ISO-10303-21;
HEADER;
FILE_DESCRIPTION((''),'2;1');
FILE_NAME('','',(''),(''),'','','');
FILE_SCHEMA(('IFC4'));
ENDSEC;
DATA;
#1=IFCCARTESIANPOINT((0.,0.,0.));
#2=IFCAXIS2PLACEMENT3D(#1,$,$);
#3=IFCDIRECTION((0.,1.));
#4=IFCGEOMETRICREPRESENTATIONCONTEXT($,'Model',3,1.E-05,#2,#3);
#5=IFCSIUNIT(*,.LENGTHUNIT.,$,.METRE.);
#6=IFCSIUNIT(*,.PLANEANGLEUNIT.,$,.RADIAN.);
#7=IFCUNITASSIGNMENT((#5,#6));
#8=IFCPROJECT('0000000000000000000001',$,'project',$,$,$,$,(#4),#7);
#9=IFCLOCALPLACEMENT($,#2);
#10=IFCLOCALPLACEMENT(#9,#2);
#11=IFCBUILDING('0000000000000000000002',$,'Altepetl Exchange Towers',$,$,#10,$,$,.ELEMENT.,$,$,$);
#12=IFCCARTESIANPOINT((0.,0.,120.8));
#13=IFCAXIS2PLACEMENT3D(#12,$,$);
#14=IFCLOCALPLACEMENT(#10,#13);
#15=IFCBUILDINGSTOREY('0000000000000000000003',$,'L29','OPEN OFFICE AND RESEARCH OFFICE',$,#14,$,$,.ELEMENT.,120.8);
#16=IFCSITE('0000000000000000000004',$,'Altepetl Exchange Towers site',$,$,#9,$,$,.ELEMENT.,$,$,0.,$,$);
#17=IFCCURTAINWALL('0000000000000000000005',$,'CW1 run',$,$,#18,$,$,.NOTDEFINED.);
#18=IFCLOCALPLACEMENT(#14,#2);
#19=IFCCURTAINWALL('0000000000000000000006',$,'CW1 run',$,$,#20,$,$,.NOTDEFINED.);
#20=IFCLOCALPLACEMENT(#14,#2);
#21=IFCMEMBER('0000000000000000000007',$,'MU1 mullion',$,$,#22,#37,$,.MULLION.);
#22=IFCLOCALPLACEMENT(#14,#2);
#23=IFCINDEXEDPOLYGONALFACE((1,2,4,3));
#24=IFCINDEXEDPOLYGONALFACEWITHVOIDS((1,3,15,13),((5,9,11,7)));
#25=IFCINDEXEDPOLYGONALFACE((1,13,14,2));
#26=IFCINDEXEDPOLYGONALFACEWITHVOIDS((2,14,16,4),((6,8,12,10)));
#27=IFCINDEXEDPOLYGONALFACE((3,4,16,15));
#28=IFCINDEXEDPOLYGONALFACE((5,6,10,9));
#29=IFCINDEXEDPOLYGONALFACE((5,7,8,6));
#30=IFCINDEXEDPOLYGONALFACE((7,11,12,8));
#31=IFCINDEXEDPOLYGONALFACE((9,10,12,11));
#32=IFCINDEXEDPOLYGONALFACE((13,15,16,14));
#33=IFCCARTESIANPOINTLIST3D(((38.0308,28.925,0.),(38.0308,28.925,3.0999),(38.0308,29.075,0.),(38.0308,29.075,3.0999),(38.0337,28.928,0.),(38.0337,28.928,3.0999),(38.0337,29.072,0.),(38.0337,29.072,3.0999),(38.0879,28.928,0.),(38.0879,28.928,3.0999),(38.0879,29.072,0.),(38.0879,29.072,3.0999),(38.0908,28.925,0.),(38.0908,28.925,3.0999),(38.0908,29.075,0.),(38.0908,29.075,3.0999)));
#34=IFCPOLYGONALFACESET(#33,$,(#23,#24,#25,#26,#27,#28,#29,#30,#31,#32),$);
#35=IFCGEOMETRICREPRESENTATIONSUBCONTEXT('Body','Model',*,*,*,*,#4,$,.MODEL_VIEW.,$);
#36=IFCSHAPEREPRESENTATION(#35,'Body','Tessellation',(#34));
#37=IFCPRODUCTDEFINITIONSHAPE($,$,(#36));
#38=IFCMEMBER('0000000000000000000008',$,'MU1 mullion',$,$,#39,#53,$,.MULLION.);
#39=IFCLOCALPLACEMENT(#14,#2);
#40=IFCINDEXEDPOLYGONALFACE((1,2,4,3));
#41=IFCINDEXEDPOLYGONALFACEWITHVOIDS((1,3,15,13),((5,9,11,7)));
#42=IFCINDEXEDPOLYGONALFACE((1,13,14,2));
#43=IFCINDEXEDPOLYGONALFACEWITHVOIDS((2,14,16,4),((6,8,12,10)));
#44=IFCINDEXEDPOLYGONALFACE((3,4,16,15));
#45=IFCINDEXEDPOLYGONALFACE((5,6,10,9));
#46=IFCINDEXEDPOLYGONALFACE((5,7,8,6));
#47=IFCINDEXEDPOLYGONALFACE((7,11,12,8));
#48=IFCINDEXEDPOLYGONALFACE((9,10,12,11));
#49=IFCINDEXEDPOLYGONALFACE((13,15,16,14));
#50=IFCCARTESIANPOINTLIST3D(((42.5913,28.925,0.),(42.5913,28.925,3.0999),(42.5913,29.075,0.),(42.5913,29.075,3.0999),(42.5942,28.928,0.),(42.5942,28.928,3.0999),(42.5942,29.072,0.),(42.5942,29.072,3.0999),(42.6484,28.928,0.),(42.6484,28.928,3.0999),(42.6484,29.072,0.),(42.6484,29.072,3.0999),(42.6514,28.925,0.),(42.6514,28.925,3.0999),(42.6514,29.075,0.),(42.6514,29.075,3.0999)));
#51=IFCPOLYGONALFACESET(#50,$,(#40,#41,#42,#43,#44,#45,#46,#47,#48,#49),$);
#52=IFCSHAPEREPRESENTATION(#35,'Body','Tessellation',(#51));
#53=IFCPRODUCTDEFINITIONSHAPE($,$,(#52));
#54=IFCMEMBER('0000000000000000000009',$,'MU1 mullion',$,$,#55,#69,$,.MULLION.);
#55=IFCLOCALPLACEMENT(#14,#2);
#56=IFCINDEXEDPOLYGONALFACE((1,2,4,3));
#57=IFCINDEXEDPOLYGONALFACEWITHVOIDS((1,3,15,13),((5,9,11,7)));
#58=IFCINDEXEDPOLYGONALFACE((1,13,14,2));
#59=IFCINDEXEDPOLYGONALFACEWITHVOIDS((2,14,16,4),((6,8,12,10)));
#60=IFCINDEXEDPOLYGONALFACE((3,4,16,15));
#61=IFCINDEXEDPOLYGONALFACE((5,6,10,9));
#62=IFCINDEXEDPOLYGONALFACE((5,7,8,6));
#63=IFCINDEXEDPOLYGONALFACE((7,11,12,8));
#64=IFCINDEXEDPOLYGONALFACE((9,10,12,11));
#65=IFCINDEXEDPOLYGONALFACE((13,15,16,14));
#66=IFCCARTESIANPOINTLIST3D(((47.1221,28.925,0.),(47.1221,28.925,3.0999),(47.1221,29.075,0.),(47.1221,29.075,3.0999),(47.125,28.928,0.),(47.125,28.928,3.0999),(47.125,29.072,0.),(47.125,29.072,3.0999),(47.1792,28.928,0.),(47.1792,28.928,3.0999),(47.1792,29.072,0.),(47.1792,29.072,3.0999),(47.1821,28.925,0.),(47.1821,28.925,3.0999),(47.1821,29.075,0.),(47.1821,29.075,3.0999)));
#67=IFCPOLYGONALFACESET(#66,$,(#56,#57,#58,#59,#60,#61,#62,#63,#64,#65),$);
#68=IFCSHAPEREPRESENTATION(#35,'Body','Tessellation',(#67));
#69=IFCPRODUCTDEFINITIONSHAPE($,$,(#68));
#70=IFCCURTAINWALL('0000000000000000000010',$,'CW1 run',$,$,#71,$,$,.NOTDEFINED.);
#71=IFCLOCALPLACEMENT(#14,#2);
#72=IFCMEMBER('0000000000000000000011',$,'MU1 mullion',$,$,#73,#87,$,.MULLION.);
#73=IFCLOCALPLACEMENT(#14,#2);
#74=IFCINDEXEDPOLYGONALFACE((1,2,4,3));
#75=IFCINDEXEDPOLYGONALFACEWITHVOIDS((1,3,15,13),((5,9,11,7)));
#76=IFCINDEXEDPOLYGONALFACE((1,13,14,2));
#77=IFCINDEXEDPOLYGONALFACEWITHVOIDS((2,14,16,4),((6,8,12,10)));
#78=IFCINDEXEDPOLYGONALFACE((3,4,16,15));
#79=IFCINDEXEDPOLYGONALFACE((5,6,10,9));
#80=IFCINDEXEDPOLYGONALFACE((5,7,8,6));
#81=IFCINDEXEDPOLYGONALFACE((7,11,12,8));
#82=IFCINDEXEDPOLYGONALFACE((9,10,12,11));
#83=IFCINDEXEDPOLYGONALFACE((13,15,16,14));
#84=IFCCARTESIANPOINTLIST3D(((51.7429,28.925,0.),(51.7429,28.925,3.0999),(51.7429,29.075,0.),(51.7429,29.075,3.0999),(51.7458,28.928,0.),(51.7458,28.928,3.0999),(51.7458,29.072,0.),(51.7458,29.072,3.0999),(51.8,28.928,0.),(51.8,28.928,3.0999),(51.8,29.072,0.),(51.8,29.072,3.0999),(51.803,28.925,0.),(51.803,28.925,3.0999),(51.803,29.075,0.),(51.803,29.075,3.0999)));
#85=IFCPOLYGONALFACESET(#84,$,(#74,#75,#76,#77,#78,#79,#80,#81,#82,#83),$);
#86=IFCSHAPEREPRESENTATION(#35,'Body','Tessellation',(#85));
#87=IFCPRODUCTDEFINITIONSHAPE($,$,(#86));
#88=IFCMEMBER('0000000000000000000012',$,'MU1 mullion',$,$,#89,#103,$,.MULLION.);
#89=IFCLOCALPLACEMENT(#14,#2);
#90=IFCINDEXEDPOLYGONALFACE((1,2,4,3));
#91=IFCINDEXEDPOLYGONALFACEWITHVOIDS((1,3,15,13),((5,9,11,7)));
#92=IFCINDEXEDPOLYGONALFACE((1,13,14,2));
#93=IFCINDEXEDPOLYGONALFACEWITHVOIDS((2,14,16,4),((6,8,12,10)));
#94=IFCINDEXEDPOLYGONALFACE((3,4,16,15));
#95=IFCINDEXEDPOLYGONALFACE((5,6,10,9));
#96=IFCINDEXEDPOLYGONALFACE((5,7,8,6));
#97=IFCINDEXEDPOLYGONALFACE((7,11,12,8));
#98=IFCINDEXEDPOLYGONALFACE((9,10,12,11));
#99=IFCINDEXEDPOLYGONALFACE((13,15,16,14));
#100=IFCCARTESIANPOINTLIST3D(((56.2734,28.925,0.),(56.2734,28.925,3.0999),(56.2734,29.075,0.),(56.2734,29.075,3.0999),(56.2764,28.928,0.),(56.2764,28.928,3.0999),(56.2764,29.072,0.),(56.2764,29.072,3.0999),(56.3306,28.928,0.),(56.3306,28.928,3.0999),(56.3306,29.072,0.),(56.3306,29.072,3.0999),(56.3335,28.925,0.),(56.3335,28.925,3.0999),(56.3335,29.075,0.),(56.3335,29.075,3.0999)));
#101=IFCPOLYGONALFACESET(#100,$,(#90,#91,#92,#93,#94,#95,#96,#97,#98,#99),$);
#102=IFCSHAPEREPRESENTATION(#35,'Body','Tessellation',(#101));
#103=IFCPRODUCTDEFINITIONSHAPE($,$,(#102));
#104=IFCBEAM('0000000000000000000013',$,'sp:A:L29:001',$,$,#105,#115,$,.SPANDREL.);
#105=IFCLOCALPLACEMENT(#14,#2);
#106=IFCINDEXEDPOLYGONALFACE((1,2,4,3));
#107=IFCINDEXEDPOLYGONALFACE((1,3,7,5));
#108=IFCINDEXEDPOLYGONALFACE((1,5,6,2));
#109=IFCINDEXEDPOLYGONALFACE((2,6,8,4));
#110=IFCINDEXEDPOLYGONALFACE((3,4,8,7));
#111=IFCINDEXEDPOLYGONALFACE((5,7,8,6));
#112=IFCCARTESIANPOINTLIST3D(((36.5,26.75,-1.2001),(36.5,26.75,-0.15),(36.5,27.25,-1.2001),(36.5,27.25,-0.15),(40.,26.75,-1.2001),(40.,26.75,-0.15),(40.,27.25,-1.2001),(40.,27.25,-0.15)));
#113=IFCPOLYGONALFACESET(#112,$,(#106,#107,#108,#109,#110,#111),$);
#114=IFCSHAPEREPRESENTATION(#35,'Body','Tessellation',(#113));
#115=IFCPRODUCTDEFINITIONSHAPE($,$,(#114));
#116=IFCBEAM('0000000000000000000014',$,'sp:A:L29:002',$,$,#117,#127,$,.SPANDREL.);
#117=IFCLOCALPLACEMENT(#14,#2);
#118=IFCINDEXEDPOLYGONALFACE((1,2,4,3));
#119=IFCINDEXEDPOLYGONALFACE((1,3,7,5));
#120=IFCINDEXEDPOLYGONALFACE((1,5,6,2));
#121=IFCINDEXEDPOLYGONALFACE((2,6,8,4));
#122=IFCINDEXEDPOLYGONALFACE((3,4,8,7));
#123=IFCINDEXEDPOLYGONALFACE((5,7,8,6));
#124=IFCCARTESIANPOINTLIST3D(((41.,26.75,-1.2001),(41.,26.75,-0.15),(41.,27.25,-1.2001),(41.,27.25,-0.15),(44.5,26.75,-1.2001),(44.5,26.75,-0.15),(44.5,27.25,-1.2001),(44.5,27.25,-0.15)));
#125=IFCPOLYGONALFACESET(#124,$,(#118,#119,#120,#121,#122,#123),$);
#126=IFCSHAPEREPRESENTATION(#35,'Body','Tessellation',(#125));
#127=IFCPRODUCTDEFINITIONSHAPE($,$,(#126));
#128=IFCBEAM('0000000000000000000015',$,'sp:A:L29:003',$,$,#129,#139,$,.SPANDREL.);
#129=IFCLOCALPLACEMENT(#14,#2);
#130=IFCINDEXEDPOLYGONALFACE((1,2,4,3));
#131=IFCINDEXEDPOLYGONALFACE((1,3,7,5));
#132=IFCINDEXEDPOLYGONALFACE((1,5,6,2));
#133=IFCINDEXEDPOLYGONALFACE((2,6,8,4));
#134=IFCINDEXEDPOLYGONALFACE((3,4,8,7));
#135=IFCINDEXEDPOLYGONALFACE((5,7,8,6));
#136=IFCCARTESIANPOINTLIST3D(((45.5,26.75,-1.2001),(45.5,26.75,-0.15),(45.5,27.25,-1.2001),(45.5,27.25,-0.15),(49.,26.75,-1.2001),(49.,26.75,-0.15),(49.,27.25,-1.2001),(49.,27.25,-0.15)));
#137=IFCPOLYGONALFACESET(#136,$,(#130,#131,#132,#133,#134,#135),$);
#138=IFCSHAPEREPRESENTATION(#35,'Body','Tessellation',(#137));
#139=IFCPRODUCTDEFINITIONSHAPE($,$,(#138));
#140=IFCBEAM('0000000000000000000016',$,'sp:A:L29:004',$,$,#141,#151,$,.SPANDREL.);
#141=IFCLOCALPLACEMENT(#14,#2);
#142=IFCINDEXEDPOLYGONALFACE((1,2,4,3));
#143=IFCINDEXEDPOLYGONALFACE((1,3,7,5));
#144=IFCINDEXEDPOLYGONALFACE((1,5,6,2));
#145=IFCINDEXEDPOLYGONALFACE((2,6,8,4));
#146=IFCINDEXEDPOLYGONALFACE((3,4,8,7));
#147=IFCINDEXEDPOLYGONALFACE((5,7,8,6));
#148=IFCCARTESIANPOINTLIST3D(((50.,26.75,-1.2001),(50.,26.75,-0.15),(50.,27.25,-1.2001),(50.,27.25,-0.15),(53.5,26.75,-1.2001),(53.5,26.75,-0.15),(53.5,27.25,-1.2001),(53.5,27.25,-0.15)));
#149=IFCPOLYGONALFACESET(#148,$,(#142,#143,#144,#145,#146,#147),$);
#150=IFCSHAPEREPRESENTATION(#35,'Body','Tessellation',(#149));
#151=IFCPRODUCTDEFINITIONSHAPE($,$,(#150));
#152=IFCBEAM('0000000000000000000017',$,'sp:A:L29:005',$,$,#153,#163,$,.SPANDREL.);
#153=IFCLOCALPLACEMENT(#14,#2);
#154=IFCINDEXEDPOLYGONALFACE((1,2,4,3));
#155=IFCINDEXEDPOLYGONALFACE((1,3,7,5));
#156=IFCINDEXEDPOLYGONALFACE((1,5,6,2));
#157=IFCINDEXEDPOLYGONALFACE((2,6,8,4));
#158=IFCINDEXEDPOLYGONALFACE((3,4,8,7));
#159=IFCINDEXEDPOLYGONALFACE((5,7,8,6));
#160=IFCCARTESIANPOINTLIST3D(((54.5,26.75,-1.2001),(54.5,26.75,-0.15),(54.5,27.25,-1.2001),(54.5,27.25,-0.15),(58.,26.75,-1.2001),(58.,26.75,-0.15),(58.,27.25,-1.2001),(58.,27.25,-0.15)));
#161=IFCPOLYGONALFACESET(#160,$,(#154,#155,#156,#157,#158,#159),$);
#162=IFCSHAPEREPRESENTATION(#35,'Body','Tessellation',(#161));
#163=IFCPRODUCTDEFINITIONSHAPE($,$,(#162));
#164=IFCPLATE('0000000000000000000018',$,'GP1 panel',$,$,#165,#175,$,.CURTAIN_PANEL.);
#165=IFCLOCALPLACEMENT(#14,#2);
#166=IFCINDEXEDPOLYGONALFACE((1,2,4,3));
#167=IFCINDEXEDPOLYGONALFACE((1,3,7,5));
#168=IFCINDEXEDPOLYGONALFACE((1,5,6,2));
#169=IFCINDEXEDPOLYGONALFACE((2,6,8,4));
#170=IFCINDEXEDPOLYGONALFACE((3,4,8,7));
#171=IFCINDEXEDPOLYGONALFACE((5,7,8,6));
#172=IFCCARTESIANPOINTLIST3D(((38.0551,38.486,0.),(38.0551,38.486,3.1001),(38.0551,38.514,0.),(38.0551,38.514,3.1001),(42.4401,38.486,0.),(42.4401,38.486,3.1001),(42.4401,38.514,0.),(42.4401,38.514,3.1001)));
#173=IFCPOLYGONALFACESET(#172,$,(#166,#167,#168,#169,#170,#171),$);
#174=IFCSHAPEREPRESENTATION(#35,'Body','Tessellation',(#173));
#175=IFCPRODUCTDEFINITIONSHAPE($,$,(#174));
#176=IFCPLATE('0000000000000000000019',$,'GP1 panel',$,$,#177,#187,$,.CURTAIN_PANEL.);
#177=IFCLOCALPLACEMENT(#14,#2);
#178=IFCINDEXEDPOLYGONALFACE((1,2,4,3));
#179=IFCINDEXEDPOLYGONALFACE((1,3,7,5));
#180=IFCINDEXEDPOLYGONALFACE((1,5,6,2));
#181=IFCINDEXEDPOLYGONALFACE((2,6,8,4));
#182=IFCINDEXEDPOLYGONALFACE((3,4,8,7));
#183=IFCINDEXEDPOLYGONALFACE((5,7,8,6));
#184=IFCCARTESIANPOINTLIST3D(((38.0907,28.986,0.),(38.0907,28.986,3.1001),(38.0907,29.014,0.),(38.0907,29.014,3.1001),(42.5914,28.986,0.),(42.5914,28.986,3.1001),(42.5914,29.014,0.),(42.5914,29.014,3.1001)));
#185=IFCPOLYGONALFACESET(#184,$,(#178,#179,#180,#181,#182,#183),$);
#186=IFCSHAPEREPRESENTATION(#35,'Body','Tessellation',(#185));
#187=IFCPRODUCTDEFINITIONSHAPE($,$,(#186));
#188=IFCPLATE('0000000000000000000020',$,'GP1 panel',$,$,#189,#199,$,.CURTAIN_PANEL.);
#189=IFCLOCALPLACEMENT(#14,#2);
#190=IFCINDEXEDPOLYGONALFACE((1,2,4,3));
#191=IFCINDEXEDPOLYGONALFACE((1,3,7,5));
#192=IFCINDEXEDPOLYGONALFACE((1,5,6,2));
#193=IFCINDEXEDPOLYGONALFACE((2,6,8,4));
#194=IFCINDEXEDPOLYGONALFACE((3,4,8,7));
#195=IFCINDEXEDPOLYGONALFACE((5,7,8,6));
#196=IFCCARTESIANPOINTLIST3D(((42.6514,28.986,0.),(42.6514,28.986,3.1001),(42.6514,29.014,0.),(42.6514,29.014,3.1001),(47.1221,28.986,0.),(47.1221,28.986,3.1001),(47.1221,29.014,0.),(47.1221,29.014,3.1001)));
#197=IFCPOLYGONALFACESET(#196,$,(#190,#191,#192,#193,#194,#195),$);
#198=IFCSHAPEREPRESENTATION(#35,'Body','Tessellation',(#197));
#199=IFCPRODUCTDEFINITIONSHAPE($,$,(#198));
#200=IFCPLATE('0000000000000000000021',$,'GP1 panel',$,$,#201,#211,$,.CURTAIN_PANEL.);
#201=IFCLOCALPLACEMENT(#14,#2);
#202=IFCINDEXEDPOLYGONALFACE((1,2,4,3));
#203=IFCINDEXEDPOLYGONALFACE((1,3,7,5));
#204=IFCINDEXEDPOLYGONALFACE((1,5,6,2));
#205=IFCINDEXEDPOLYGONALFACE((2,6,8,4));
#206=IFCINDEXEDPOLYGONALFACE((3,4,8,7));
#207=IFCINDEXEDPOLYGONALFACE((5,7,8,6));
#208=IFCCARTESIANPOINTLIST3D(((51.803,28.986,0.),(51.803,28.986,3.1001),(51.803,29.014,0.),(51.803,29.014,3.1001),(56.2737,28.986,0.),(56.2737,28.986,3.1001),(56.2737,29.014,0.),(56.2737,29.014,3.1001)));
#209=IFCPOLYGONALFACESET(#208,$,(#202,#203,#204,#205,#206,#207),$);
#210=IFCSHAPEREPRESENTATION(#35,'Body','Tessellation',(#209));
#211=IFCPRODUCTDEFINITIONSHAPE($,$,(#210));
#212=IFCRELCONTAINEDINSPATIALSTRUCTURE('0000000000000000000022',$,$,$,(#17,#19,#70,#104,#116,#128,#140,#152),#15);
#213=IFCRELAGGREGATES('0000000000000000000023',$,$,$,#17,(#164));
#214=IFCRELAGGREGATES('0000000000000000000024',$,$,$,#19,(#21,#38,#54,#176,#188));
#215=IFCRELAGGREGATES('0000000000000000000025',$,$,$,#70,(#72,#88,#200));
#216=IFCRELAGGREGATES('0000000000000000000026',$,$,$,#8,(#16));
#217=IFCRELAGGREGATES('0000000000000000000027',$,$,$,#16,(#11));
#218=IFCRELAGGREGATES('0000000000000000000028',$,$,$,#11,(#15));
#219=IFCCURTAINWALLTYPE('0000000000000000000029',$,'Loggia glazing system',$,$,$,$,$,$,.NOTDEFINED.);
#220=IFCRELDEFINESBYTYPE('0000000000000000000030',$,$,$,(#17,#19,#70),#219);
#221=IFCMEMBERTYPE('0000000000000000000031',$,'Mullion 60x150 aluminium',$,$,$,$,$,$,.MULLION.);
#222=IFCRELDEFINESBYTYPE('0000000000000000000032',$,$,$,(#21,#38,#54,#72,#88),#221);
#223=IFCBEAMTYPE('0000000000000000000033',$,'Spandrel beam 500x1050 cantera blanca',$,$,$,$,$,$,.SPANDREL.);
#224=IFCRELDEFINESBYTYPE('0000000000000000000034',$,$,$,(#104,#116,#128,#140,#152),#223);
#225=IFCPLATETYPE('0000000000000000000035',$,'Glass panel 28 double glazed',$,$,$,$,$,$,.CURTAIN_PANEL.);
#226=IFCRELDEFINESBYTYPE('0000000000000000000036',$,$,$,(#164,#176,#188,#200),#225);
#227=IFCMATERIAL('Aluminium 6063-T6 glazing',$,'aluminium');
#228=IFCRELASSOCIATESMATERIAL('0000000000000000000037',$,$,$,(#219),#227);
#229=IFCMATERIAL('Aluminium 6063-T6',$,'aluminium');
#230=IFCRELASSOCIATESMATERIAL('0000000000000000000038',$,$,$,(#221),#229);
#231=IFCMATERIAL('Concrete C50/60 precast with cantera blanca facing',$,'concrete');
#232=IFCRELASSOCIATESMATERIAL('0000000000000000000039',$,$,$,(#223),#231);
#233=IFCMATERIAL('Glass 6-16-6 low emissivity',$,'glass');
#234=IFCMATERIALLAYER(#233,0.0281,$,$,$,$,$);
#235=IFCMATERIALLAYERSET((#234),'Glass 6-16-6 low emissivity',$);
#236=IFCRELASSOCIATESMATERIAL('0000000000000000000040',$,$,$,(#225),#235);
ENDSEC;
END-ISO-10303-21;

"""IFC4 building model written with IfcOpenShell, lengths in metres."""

from ifc_helpers import new_model, si_unit, direction, frame, origin, origin_2d, place, context, subcontext, project, spatial, rectangle, hollow_rectangle, extrude, material, layer, layer_set, material_profile, profile_set, type_object, element, aggregate, save


model = new_model("IFC4")

# Units and contexts
model_context = context("Model", 3, precision=1e-05, world=origin(), true_north=direction((0.0, 1.0)))
body_context = subcontext(model_context, "Body", "Model", "MODEL_VIEW")
ifc_project = project(units=[si_unit("LENGTHUNIT", "METRE"), si_unit("PLANEANGLEUNIT", "RADIAN")], contexts=[model_context])

# Site, building, storey
site_placement = place(None, origin())
site = spatial("IfcSite", under=ifc_project, at=site_placement, Name="Altepetl Exchange Towers site", CompositionType="ELEMENT", RefElevation=0.0)
building_placement = place(site_placement, origin())
building = spatial("IfcBuilding", under=site, at=building_placement, Name="Altepetl Exchange Towers", CompositionType="ELEMENT")
storey_placement = place(building_placement, frame((0.0, 0.0, 120.8)))
storey = spatial("IfcBuildingStorey", under=building, at=storey_placement, Name="L29", Description="OPEN OFFICE AND RESEARCH OFFICE", CompositionType="ELEMENT", Elevation=120.8)

# Curtain walls, members
ifc_material_1 = material(Name="Aluminium 6063-T6 glazing", Category="aluminium")
curtain_wall_type = type_object("IfcCurtainWallType", Name="Loggia glazing system", PredefinedType="NOTDEFINED", material=ifc_material_1)
curtain_wall_1_placement = place(storey_placement, origin())
curtain_wall_1 = element("IfcCurtainWall", 1, at=curtain_wall_1_placement, inside=storey, type_object=curtain_wall_type, Name="CW1 run", PredefinedType="NOTDEFINED")
ifc_material_2 = material(Name="Aluminium 6063-T6", Category="aluminium")
ifc_material_profile_1 = material_profile(ifc_material_2, hollow_rectangle(XDim=0.0601, YDim=0.1499, WallThickness=0.0029, at=origin_2d()), Name="Mullion 60x150 aluminium")
ifc_profile_set_1 = profile_set([ifc_material_profile_1], Name="Aluminium 6063-T6")
member_type = type_object("IfcMemberType", Name="Mullion 60x150 aluminium", PredefinedType="MULLION", material=ifc_profile_set_1)
curtain_wall_2_placement = place(storey_placement, origin())
curtain_wall_2 = element("IfcCurtainWall", 2, at=curtain_wall_2_placement, inside=storey, type_object=curtain_wall_type, Name="CW1 run", PredefinedType="NOTDEFINED")
member_1_placement = place(storey_placement, frame((38.0608, 29.0, 0.0)))
member_1 = element("IfcMember", 3, at=member_1_placement, type_object=member_type, Name="MU1 mullion", PredefinedType="MULLION", context=body_context, shape_type="SweptSolid", body=[
    extrude(hollow_rectangle(XDim=0.0601, YDim=0.1499, WallThickness=0.0029, at=origin_2d()), origin(), (0.0, 0.0, 1.0), 3.0999),
])
member_2_placement = place(storey_placement, frame((42.6213, 29.0, 0.0)))
member_2 = element("IfcMember", 4, at=member_2_placement, type_object=member_type, Name="MU1 mullion", PredefinedType="MULLION", context=body_context, shape_type="SweptSolid", body=[
    extrude(hollow_rectangle(XDim=0.0601, YDim=0.1499, WallThickness=0.0029, at=origin_2d()), origin(), (0.0, 0.0, 1.0), 3.0999),
])
member_3_placement = place(storey_placement, frame((47.1521, 29.0, 0.0)))
member_3 = element("IfcMember", 5, at=member_3_placement, type_object=member_type, Name="MU1 mullion", PredefinedType="MULLION", context=body_context, shape_type="SweptSolid", body=[
    extrude(hollow_rectangle(XDim=0.0601, YDim=0.1499, WallThickness=0.0029, at=origin_2d()), origin(), (0.0, 0.0, 1.0), 3.0999),
])
curtain_wall_3_placement = place(storey_placement, origin())
curtain_wall_3 = element("IfcCurtainWall", 6, at=curtain_wall_3_placement, inside=storey, type_object=curtain_wall_type, Name="CW1 run", PredefinedType="NOTDEFINED")
member_4_placement = place(storey_placement, frame((51.7729, 29.0, 0.0)))
member_4 = element("IfcMember", 7, at=member_4_placement, type_object=member_type, Name="MU1 mullion", PredefinedType="MULLION", context=body_context, shape_type="SweptSolid", body=[
    extrude(hollow_rectangle(XDim=0.0601, YDim=0.1499, WallThickness=0.0029, at=origin_2d()), origin(), (0.0, 0.0, 1.0), 3.0999),
])
member_5_placement = place(storey_placement, frame((56.3035, 29.0, 0.0)))
member_5 = element("IfcMember", 8, at=member_5_placement, type_object=member_type, Name="MU1 mullion", PredefinedType="MULLION", context=body_context, shape_type="SweptSolid", body=[
    extrude(hollow_rectangle(XDim=0.0601, YDim=0.1499, WallThickness=0.0029, at=origin_2d()), origin(), (0.0, 0.0, 1.0), 3.0999),
])

# Beams
ifc_material_3 = material(Name="Concrete C50/60 precast with cantera blanca facing", Category="concrete")
ifc_material_profile_2 = material_profile(ifc_material_3, rectangle(XDim=0.5, YDim=1.05, at=origin_2d()), Name="500 x 1050")
ifc_profile_set_2 = profile_set([ifc_material_profile_2], Name="Concrete C50/60 precast with cantera blanca facing")
beam_type_1 = type_object("IfcBeamType", Name="Spandrel beam 500x1050 cantera blanca", PredefinedType="SPANDREL", material=ifc_profile_set_2)
for number, where, z_axis, x_axis, name in (
    (9, (36.5, 27.0, -0.675), (1.0, 0.0, 0.0), (0.0, 1.0, 0.0), "sp:A:L29:001"),
    (10, (41.0, 27.0, -0.675), (1.0, 0.0, 0.0), (0.0, 1.0, 0.0), "sp:A:L29:002"),
    (11, (45.5, 27.0, -0.675), (1.0, 0.0, 0.0), (0.0, 1.0, 0.0), "sp:A:L29:003"),
    (12, (50.0, 27.0, -0.675), (1.0, 0.0, 0.0), (0.0, 1.0, 0.0), "sp:A:L29:004"),
    (13, (54.5, 27.0, -0.675), (1.0, 0.0, 0.0), (0.0, 1.0, 0.0), "sp:A:L29:005"),
):
    element("IfcBeam", number, at=place(storey_placement, frame(where, z_axis=z_axis, x_axis=x_axis)), inside=storey, type_object=beam_type_1, Name=name, PredefinedType="SPANDREL", context=body_context, shape_type="SweptSolid", body=[
        extrude(rectangle(XDim=0.5, YDim=1.05, at=origin_2d()), origin(), (0.0, 0.0, 1.0), 3.5),
    ])

# Plates
ifc_material_4 = material(Name="Glass 6-16-6 low emissivity", Category="glass")
ifc_layer_1 = layer(ifc_material_4, 0.0281)
ifc_layer_set_1 = layer_set([ifc_layer_1], Name="Glass 6-16-6 low emissivity")
plate_type = type_object("IfcPlateType", Name="Glass panel 28 double glazed", PredefinedType="CURTAIN_PANEL", material=ifc_layer_set_1)
plate_1_placement = place(storey_placement, frame((40.2476, 38.5, 0.0), z_axis=(0.0, 0.0, 1.0), x_axis=(-1.0, 0.0, 0.0)))
plate_1 = element("IfcPlate", 14, at=plate_1_placement, type_object=plate_type, Name="GP1 panel", PredefinedType="CURTAIN_PANEL", context=body_context, shape_type="SweptSolid", body=[
    extrude(rectangle(XDim=4.385, YDim=0.0281, at=origin_2d()), origin(), (0.0, 0.0, 1.0), 3.1001),
])
aggregate(curtain_wall_1, [plate_1])
plate_2_placement = place(storey_placement, frame((40.3411, 29.0, 0.0)))
plate_2 = element("IfcPlate", 15, at=plate_2_placement, type_object=plate_type, Name="GP1 panel", PredefinedType="CURTAIN_PANEL", context=body_context, shape_type="SweptSolid", body=[
    extrude(rectangle(XDim=4.5007, YDim=0.0281, at=origin_2d()), origin(), (0.0, 0.0, 1.0), 3.1001),
])
plate_3_placement = place(storey_placement, frame((44.8867, 29.0, 0.0)))
plate_3 = element("IfcPlate", 16, at=plate_3_placement, type_object=plate_type, Name="GP1 panel", PredefinedType="CURTAIN_PANEL", context=body_context, shape_type="SweptSolid", body=[
    extrude(rectangle(XDim=4.4707, YDim=0.0281, at=origin_2d()), origin(), (0.0, 0.0, 1.0), 3.1001),
])
aggregate(curtain_wall_2, [member_1, member_2, member_3, plate_2, plate_3])
plate_4_placement = place(storey_placement, frame((54.0383, 29.0, 0.0)))
plate_4 = element("IfcPlate", 17, at=plate_4_placement, type_object=plate_type, Name="GP1 panel", PredefinedType="CURTAIN_PANEL", context=body_context, shape_type="SweptSolid", body=[
    extrude(rectangle(XDim=4.4707, YDim=0.0281, at=origin_2d()), origin(), (0.0, 0.0, 1.0), 3.1001),
])
aggregate(curtain_wall_3, [member_4, member_5, plate_4])

save(model, "model.ifc")
